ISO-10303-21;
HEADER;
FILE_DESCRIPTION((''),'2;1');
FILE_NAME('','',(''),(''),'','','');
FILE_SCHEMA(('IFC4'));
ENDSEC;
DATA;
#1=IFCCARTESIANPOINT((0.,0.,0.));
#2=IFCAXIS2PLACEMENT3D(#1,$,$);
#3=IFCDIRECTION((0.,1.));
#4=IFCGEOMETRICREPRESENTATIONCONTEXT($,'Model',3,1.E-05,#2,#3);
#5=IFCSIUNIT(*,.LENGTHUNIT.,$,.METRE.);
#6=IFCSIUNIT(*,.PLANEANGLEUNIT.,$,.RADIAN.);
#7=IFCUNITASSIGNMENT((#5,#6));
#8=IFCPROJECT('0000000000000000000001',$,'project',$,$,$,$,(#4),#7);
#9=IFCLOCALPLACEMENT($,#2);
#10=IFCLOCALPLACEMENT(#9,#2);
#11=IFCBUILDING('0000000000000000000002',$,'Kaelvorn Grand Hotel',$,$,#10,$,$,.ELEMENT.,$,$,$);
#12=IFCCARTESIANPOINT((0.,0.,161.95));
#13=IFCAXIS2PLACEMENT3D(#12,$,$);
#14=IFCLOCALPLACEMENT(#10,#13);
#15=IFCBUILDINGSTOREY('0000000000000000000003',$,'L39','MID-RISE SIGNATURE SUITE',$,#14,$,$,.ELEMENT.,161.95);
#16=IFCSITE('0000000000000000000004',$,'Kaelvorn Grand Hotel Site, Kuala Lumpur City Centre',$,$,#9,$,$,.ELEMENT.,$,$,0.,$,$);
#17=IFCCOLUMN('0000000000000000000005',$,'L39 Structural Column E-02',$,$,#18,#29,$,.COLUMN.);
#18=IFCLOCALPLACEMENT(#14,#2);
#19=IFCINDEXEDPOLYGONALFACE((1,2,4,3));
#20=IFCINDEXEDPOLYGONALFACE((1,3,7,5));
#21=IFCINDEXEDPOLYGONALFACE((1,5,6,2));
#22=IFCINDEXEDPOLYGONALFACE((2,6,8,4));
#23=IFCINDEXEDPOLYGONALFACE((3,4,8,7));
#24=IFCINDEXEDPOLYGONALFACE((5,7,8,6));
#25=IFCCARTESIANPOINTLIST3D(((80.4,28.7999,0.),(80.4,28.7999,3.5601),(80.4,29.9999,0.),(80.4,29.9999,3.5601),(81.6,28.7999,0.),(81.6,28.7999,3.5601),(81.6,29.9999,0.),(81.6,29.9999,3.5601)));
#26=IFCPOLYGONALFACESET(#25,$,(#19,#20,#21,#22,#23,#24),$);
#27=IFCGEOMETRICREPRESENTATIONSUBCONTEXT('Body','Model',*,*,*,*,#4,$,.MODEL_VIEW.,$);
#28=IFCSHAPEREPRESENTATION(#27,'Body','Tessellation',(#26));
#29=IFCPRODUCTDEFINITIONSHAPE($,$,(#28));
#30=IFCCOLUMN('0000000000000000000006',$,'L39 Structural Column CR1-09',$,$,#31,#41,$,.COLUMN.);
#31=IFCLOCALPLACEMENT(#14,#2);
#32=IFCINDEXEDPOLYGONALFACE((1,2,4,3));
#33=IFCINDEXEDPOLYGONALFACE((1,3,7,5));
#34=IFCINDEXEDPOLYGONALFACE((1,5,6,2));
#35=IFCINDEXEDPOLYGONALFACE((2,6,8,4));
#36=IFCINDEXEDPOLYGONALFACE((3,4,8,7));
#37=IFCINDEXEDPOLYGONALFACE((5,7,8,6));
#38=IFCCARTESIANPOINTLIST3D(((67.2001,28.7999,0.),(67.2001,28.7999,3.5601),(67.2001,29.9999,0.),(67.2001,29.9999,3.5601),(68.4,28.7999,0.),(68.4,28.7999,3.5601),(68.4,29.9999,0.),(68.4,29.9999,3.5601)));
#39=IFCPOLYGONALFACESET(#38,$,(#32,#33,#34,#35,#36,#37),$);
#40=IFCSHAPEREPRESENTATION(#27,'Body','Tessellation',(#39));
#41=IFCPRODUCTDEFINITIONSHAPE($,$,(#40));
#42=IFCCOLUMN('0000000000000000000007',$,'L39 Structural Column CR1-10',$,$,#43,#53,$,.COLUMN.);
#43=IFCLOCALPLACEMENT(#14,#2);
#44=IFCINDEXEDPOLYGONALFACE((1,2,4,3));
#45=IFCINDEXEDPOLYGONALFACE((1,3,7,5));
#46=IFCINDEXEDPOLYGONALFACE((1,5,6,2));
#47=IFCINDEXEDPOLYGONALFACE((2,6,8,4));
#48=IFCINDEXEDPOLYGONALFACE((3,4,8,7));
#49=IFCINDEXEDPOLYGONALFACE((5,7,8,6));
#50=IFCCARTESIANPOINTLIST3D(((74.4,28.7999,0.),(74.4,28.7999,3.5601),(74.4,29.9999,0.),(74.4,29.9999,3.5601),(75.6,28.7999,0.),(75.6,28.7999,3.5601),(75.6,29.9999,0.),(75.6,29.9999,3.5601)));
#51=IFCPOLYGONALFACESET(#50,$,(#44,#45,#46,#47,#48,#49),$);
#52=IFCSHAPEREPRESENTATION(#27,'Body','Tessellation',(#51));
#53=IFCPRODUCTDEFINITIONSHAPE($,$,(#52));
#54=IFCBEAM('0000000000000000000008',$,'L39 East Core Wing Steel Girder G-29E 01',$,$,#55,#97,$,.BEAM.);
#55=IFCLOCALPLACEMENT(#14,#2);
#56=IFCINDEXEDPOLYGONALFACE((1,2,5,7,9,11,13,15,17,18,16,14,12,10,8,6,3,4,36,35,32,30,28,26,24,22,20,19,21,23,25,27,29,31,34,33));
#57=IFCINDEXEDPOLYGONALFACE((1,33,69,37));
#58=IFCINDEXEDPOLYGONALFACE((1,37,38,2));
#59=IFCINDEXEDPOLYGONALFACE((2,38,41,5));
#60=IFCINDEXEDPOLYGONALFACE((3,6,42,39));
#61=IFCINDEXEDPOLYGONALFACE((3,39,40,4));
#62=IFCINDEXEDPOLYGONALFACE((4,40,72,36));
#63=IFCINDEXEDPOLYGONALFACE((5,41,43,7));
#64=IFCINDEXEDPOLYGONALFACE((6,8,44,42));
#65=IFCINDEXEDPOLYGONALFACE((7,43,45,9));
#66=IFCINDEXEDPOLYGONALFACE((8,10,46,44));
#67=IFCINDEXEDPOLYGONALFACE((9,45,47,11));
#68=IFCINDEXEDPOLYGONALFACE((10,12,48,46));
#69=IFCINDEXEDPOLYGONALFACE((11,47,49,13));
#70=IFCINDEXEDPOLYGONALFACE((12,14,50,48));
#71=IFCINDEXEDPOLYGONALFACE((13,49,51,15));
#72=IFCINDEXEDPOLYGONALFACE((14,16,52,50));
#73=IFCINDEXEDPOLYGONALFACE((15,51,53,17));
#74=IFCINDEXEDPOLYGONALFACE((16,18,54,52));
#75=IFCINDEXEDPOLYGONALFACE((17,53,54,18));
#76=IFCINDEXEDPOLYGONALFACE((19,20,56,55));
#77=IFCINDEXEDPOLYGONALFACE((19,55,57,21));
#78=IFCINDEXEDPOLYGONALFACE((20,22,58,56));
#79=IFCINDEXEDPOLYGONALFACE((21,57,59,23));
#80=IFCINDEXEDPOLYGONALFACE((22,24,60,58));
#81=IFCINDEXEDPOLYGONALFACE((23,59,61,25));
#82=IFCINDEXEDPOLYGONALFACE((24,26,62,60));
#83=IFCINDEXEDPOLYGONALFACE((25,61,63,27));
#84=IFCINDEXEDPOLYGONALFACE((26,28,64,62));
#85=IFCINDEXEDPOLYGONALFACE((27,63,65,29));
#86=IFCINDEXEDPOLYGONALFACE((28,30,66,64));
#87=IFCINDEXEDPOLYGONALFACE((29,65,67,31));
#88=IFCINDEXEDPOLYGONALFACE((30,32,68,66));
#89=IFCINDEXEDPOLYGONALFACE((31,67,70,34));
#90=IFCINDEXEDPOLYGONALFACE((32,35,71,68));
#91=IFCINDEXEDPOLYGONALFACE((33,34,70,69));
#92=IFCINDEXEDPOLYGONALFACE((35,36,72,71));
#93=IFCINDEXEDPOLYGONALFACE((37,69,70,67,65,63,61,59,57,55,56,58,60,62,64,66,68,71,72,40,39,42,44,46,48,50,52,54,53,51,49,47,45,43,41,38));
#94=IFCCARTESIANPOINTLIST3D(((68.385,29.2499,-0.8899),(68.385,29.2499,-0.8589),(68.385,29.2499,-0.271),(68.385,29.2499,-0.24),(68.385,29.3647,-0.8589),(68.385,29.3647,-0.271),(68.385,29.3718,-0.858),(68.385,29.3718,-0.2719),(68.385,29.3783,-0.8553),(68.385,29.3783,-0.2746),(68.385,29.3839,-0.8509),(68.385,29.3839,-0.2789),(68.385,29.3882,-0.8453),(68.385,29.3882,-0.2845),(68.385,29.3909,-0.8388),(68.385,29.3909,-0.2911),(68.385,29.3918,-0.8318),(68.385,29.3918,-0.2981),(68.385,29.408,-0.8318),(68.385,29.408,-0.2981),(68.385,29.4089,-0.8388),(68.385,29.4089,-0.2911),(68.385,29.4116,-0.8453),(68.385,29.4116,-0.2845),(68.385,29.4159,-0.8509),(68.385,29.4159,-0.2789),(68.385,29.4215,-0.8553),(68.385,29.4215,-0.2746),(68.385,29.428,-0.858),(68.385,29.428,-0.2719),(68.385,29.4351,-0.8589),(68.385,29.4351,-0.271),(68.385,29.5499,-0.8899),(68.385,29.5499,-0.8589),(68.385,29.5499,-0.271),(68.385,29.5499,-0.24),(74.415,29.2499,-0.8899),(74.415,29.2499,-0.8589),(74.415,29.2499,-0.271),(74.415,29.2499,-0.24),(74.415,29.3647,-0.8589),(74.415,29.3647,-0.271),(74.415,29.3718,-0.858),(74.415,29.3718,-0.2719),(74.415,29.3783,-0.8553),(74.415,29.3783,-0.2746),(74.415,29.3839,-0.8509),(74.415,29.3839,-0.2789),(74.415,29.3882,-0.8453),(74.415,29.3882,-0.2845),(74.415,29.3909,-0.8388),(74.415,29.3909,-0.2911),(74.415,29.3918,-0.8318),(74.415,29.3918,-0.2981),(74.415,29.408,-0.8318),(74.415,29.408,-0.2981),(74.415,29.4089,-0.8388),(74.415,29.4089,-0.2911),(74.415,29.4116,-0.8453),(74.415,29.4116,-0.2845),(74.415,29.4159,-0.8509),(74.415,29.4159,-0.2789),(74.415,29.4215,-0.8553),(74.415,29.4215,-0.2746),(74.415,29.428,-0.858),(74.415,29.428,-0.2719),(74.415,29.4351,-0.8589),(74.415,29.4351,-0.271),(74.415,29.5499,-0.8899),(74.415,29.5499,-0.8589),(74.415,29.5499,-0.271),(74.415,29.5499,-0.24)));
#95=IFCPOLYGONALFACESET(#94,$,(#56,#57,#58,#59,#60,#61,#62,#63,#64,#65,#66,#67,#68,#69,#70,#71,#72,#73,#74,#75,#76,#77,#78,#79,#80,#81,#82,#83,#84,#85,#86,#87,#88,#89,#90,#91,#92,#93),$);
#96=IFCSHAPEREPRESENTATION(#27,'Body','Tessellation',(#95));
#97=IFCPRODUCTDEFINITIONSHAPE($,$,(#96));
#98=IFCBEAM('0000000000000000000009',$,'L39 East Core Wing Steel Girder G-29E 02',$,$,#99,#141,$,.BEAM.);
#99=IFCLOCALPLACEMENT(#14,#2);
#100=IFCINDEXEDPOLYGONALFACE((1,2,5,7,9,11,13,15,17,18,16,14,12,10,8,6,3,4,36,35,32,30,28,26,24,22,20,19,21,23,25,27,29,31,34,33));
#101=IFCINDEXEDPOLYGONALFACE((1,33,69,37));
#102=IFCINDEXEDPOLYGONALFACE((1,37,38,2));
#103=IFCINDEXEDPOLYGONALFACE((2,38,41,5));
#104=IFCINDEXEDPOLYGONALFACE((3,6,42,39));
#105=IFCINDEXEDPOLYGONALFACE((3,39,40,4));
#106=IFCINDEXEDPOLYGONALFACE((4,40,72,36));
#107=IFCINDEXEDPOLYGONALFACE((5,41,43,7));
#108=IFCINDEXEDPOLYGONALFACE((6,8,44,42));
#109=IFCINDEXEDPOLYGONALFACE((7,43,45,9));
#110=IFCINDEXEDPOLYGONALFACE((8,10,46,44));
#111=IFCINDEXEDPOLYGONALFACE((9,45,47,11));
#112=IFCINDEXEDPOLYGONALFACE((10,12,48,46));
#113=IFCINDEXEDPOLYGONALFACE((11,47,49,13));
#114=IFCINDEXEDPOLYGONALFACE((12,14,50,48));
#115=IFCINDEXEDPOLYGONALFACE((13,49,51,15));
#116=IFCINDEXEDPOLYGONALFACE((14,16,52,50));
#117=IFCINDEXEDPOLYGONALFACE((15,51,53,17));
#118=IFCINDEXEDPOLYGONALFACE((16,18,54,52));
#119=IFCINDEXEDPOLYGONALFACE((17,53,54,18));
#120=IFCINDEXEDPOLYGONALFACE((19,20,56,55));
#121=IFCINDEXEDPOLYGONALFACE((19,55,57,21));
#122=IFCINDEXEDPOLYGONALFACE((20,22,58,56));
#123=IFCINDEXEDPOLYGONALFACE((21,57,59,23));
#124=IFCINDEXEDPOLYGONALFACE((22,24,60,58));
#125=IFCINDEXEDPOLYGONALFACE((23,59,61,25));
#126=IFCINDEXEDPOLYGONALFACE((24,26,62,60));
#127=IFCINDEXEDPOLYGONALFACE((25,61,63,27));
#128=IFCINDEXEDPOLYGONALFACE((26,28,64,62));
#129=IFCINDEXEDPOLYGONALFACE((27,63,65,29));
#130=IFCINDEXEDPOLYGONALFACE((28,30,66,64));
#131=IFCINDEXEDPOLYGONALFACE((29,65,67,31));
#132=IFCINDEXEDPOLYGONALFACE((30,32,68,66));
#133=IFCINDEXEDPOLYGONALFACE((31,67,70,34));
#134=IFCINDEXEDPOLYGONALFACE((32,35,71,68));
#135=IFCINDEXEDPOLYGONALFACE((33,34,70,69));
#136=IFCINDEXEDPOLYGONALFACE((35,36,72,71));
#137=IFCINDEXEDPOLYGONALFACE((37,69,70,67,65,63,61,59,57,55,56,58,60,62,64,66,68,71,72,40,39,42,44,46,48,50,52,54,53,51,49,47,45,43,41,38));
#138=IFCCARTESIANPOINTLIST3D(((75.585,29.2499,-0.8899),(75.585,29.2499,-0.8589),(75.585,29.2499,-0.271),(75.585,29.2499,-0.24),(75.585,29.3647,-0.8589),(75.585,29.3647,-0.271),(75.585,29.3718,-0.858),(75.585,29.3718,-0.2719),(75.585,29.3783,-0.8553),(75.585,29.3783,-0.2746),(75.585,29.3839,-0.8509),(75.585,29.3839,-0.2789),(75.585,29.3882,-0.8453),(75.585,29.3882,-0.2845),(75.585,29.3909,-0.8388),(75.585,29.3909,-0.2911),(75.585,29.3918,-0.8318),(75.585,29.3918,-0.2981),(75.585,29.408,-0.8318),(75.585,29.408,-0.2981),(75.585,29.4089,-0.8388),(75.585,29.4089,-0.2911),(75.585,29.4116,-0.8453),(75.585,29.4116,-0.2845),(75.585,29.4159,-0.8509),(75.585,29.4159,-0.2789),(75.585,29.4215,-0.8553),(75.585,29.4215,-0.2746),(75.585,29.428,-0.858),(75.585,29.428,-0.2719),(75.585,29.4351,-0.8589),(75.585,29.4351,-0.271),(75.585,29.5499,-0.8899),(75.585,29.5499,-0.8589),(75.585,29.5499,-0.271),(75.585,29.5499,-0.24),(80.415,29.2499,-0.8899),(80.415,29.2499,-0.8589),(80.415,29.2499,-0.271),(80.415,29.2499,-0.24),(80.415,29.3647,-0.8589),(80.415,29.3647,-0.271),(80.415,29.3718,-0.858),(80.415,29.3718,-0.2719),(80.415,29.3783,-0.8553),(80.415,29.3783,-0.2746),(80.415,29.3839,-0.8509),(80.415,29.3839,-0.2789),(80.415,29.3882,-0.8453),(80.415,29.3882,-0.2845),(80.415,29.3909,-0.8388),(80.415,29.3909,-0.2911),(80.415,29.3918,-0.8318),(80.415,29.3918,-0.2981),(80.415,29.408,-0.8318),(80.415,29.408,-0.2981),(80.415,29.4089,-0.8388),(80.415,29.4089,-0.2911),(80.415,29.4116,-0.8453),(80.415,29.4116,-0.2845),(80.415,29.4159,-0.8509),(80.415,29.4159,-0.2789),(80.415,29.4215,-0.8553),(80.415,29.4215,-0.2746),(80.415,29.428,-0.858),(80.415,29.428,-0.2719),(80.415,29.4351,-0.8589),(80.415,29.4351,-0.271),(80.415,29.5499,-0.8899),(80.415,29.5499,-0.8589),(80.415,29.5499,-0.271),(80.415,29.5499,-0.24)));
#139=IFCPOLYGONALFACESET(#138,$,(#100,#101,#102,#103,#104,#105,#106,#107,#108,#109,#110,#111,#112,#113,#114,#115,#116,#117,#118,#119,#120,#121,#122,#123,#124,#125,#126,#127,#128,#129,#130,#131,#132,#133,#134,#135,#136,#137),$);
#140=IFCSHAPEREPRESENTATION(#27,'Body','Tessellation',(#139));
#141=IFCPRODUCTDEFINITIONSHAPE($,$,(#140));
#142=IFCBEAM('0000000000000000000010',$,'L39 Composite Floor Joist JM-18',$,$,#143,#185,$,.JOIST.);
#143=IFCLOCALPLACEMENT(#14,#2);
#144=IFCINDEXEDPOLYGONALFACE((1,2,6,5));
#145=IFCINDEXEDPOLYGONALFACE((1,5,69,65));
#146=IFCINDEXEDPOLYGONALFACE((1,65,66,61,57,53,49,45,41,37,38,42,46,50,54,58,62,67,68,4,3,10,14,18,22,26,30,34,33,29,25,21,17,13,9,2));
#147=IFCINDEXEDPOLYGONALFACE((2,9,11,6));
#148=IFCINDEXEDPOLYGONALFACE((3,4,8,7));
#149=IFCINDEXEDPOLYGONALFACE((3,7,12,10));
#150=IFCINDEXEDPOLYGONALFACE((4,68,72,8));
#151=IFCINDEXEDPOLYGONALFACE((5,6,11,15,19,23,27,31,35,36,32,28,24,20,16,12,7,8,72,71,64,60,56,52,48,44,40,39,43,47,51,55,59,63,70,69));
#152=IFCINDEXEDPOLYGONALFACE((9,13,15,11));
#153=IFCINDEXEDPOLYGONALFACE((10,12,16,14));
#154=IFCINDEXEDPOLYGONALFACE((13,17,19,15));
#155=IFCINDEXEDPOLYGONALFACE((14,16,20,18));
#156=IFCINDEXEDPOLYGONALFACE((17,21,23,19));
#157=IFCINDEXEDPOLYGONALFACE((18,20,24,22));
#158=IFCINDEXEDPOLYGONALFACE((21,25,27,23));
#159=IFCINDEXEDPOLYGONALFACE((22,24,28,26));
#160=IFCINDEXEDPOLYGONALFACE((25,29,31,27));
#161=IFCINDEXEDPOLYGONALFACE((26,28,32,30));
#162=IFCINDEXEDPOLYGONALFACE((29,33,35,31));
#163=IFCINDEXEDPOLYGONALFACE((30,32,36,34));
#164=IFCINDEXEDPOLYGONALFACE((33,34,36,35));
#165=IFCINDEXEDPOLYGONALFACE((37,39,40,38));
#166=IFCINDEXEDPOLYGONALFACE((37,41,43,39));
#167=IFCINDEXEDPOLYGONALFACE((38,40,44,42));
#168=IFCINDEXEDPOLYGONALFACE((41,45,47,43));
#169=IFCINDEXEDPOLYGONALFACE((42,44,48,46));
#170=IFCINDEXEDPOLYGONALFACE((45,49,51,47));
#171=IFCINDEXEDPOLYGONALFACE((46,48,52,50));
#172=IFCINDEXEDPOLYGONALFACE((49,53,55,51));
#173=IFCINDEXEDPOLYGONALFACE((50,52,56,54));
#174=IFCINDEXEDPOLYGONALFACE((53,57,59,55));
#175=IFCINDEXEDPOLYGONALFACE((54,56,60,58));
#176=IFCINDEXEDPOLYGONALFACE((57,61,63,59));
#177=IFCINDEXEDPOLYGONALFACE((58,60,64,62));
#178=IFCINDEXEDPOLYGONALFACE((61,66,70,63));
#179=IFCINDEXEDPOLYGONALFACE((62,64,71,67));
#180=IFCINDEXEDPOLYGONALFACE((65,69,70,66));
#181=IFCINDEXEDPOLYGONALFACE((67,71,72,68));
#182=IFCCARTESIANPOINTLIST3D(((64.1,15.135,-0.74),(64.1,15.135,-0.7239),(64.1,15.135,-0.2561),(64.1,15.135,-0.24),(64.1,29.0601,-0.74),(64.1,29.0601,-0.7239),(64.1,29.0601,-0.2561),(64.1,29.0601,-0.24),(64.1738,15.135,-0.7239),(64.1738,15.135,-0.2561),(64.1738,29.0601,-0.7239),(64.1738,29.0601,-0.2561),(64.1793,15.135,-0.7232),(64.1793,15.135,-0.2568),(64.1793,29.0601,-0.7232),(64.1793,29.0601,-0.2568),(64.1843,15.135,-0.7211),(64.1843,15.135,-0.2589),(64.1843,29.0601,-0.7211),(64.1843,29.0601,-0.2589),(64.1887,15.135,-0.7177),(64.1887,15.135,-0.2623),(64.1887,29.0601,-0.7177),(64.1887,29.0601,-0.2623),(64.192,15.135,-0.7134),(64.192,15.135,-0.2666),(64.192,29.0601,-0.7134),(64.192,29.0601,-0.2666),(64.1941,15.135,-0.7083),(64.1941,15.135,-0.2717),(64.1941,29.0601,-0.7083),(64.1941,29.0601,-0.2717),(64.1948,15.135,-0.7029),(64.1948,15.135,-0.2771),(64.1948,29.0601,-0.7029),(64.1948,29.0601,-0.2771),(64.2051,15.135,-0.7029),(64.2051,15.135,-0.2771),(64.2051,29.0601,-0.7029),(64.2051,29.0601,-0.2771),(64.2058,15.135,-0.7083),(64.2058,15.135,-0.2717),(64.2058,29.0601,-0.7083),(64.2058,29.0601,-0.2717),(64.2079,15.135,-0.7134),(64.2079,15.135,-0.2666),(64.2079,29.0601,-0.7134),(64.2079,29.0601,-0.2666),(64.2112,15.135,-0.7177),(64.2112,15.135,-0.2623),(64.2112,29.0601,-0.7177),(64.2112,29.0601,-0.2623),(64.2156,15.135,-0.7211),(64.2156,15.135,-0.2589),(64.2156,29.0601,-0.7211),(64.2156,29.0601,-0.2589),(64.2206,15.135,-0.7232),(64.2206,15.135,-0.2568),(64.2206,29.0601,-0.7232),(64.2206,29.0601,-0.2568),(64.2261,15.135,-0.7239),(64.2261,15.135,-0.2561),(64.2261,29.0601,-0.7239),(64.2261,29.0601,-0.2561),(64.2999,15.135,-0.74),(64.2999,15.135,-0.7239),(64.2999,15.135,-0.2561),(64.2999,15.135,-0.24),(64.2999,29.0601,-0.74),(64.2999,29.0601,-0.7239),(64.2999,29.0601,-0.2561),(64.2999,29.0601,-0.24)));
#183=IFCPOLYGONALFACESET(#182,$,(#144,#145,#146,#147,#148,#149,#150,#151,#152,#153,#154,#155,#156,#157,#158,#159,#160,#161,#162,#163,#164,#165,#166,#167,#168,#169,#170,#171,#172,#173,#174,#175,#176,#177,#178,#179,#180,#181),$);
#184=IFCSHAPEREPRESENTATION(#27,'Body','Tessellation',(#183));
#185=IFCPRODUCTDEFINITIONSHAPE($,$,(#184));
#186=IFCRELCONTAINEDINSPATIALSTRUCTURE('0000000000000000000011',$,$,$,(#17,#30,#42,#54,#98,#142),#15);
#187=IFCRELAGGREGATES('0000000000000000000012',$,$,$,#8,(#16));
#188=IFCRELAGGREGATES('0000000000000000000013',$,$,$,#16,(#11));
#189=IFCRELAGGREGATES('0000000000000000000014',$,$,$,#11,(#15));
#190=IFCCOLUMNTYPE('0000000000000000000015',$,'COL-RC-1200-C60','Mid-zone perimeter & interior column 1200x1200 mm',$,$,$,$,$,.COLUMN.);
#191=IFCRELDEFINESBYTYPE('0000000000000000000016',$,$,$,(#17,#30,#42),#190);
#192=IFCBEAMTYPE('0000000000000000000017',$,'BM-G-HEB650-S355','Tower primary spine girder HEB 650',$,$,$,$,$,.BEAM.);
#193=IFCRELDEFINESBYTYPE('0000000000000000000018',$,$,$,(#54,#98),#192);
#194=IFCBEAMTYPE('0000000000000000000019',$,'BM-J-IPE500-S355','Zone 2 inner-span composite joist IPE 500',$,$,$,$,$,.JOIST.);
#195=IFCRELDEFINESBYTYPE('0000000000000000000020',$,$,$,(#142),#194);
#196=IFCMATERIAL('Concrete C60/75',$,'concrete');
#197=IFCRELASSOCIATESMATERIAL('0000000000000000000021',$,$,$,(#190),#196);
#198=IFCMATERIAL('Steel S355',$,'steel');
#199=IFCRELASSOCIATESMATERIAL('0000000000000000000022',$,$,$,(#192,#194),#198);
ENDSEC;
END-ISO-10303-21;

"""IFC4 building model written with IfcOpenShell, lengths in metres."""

from ifc_helpers import new_model, si_unit, direction, frame, origin, origin_2d, place, context, subcontext, project, spatial, rectangle, i_section, extrude, material, material_profile, profile_set, type_object, element, save


model = new_model("IFC4")

# Units and contexts
model_context = context("Model", 3, precision=1e-05, world=origin(), true_north=direction((0.0, 1.0)))
body_context = subcontext(model_context, "Body", "Model", "MODEL_VIEW")
ifc_project = project(units=[si_unit("LENGTHUNIT", "METRE"), si_unit("PLANEANGLEUNIT", "RADIAN")], contexts=[model_context])

# Site, building, storey
site_placement = place(None, origin())
site = spatial("IfcSite", under=ifc_project, at=site_placement, Name="Kaelvorn Grand Hotel Site, Kuala Lumpur City Centre", CompositionType="ELEMENT", RefElevation=0.0)
building_placement = place(site_placement, origin())
building = spatial("IfcBuilding", under=site, at=building_placement, Name="Kaelvorn Grand Hotel", CompositionType="ELEMENT")
storey_placement = place(building_placement, frame((0.0, 0.0, 161.95)))
storey = spatial("IfcBuildingStorey", under=building, at=storey_placement, Name="L39", Description="MID-RISE SIGNATURE SUITE", CompositionType="ELEMENT", Elevation=161.95)

# Columns
ifc_material_1 = material(Name="Concrete C60/75", Category="concrete")
ifc_material_profile_1 = material_profile(ifc_material_1, rectangle(XDim=1.2, YDim=1.2, at=origin_2d()), Name="RC COL 1200x1200")
ifc_profile_set_1 = profile_set([ifc_material_profile_1], Name="Concrete C60/75")
column_type = type_object("IfcColumnType", Name="COL-RC-1200-C60", Description="Mid-zone perimeter & interior column 1200x1200 mm", PredefinedType="COLUMN", material=ifc_profile_set_1)
for number, where, z_axis, x_axis, name in (
    (1, (81.0, 29.3999, 0.0), (0.0, 0.0, 1.0), (1.0, 0.0, 0.0), "L39 Structural Column E-02"),
    (2, (67.8, 29.3999, 0.0), (0.0, 0.0, 1.0), (1.0, 0.0, 0.0), "L39 Structural Column CR1-09"),
    (3, (75.0, 29.3999, 0.0), (0.0, 0.0, 1.0), (1.0, 0.0, 0.0), "L39 Structural Column CR1-10"),
):
    element("IfcColumn", number, at=place(storey_placement, frame(where, z_axis=z_axis, x_axis=x_axis)), inside=storey, type_object=column_type, Name=name, PredefinedType="COLUMN", context=body_context, shape_type="SweptSolid", body=[
        extrude(rectangle(XDim=1.2, YDim=1.2, at=origin_2d()), origin(), (0.0, 0.0, 1.0), 3.5601),
    ])

# Beams
ifc_material_2 = material(Name="Steel S355", Category="steel")
ifc_material_profile_2 = material_profile(ifc_material_2, i_section(OverallWidth=0.3, OverallDepth=0.6499, WebThickness=0.0161, FlangeThickness=0.031, FilletRadius=0.0271, at=origin_2d()), Name="HEB 650")
ifc_profile_set_2 = profile_set([ifc_material_profile_2], Name="Steel S355")
beam_type_1 = type_object("IfcBeamType", Name="BM-G-HEB650-S355", Description="Tower primary spine girder HEB 650", PredefinedType="BEAM", material=ifc_profile_set_2)
beam_1_placement = place(storey_placement, frame((68.385, 29.3999, -0.5649), z_axis=(1.0, 0.0, 0.0), x_axis=(0.0, 1.0, 0.0)))
element("IfcBeam", 4, at=beam_1_placement, inside=storey, type_object=beam_type_1, Name="L39 East Core Wing Steel Girder G-29E 01", PredefinedType="BEAM", context=body_context, shape_type="SweptSolid", body=[
    extrude(i_section(OverallWidth=0.3, OverallDepth=0.6499, WebThickness=0.0161, FlangeThickness=0.031, FilletRadius=0.0271, at=origin_2d()), origin(), (0.0, 0.0, 1.0), 6.03),
])
beam_2_placement = place(storey_placement, frame((75.585, 29.3999, -0.5649), z_axis=(1.0, 0.0, 0.0), x_axis=(0.0, 1.0, 0.0)))
element("IfcBeam", 5, at=beam_2_placement, inside=storey, type_object=beam_type_1, Name="L39 East Core Wing Steel Girder G-29E 02", PredefinedType="BEAM", context=body_context, shape_type="SweptSolid", body=[
    extrude(i_section(OverallWidth=0.3, OverallDepth=0.6499, WebThickness=0.0161, FlangeThickness=0.031, FilletRadius=0.0271, at=origin_2d()), origin(), (0.0, 0.0, 1.0), 4.8301),
])
ifc_material_profile_3 = material_profile(ifc_material_2, i_section(OverallWidth=0.2, OverallDepth=0.5, WebThickness=0.0103, FlangeThickness=0.0161, FilletRadius=0.021, at=origin_2d()), Name="IPE 500")
ifc_profile_set_3 = profile_set([ifc_material_profile_3], Name="Steel S355")
beam_type_2 = type_object("IfcBeamType", Name="BM-J-IPE500-S355", Description="Zone 2 inner-span composite joist IPE 500", PredefinedType="JOIST", material=ifc_profile_set_3)
beam_3_placement = place(storey_placement, frame((64.2, 15.135, -0.49), z_axis=(0.0, 1.0, 0.0), x_axis=(-1.0, 0.0, 0.0)))
element("IfcBeam", 6, at=beam_3_placement, inside=storey, type_object=beam_type_2, Name="L39 Composite Floor Joist JM-18", PredefinedType="JOIST", context=body_context, shape_type="SweptSolid", body=[
    extrude(i_section(OverallWidth=0.2, OverallDepth=0.5, WebThickness=0.0103, FlangeThickness=0.0161, FilletRadius=0.021, at=origin_2d()), origin(), (0.0, 0.0, 1.0), 13.925),
])

save(model, "model.ifc")
